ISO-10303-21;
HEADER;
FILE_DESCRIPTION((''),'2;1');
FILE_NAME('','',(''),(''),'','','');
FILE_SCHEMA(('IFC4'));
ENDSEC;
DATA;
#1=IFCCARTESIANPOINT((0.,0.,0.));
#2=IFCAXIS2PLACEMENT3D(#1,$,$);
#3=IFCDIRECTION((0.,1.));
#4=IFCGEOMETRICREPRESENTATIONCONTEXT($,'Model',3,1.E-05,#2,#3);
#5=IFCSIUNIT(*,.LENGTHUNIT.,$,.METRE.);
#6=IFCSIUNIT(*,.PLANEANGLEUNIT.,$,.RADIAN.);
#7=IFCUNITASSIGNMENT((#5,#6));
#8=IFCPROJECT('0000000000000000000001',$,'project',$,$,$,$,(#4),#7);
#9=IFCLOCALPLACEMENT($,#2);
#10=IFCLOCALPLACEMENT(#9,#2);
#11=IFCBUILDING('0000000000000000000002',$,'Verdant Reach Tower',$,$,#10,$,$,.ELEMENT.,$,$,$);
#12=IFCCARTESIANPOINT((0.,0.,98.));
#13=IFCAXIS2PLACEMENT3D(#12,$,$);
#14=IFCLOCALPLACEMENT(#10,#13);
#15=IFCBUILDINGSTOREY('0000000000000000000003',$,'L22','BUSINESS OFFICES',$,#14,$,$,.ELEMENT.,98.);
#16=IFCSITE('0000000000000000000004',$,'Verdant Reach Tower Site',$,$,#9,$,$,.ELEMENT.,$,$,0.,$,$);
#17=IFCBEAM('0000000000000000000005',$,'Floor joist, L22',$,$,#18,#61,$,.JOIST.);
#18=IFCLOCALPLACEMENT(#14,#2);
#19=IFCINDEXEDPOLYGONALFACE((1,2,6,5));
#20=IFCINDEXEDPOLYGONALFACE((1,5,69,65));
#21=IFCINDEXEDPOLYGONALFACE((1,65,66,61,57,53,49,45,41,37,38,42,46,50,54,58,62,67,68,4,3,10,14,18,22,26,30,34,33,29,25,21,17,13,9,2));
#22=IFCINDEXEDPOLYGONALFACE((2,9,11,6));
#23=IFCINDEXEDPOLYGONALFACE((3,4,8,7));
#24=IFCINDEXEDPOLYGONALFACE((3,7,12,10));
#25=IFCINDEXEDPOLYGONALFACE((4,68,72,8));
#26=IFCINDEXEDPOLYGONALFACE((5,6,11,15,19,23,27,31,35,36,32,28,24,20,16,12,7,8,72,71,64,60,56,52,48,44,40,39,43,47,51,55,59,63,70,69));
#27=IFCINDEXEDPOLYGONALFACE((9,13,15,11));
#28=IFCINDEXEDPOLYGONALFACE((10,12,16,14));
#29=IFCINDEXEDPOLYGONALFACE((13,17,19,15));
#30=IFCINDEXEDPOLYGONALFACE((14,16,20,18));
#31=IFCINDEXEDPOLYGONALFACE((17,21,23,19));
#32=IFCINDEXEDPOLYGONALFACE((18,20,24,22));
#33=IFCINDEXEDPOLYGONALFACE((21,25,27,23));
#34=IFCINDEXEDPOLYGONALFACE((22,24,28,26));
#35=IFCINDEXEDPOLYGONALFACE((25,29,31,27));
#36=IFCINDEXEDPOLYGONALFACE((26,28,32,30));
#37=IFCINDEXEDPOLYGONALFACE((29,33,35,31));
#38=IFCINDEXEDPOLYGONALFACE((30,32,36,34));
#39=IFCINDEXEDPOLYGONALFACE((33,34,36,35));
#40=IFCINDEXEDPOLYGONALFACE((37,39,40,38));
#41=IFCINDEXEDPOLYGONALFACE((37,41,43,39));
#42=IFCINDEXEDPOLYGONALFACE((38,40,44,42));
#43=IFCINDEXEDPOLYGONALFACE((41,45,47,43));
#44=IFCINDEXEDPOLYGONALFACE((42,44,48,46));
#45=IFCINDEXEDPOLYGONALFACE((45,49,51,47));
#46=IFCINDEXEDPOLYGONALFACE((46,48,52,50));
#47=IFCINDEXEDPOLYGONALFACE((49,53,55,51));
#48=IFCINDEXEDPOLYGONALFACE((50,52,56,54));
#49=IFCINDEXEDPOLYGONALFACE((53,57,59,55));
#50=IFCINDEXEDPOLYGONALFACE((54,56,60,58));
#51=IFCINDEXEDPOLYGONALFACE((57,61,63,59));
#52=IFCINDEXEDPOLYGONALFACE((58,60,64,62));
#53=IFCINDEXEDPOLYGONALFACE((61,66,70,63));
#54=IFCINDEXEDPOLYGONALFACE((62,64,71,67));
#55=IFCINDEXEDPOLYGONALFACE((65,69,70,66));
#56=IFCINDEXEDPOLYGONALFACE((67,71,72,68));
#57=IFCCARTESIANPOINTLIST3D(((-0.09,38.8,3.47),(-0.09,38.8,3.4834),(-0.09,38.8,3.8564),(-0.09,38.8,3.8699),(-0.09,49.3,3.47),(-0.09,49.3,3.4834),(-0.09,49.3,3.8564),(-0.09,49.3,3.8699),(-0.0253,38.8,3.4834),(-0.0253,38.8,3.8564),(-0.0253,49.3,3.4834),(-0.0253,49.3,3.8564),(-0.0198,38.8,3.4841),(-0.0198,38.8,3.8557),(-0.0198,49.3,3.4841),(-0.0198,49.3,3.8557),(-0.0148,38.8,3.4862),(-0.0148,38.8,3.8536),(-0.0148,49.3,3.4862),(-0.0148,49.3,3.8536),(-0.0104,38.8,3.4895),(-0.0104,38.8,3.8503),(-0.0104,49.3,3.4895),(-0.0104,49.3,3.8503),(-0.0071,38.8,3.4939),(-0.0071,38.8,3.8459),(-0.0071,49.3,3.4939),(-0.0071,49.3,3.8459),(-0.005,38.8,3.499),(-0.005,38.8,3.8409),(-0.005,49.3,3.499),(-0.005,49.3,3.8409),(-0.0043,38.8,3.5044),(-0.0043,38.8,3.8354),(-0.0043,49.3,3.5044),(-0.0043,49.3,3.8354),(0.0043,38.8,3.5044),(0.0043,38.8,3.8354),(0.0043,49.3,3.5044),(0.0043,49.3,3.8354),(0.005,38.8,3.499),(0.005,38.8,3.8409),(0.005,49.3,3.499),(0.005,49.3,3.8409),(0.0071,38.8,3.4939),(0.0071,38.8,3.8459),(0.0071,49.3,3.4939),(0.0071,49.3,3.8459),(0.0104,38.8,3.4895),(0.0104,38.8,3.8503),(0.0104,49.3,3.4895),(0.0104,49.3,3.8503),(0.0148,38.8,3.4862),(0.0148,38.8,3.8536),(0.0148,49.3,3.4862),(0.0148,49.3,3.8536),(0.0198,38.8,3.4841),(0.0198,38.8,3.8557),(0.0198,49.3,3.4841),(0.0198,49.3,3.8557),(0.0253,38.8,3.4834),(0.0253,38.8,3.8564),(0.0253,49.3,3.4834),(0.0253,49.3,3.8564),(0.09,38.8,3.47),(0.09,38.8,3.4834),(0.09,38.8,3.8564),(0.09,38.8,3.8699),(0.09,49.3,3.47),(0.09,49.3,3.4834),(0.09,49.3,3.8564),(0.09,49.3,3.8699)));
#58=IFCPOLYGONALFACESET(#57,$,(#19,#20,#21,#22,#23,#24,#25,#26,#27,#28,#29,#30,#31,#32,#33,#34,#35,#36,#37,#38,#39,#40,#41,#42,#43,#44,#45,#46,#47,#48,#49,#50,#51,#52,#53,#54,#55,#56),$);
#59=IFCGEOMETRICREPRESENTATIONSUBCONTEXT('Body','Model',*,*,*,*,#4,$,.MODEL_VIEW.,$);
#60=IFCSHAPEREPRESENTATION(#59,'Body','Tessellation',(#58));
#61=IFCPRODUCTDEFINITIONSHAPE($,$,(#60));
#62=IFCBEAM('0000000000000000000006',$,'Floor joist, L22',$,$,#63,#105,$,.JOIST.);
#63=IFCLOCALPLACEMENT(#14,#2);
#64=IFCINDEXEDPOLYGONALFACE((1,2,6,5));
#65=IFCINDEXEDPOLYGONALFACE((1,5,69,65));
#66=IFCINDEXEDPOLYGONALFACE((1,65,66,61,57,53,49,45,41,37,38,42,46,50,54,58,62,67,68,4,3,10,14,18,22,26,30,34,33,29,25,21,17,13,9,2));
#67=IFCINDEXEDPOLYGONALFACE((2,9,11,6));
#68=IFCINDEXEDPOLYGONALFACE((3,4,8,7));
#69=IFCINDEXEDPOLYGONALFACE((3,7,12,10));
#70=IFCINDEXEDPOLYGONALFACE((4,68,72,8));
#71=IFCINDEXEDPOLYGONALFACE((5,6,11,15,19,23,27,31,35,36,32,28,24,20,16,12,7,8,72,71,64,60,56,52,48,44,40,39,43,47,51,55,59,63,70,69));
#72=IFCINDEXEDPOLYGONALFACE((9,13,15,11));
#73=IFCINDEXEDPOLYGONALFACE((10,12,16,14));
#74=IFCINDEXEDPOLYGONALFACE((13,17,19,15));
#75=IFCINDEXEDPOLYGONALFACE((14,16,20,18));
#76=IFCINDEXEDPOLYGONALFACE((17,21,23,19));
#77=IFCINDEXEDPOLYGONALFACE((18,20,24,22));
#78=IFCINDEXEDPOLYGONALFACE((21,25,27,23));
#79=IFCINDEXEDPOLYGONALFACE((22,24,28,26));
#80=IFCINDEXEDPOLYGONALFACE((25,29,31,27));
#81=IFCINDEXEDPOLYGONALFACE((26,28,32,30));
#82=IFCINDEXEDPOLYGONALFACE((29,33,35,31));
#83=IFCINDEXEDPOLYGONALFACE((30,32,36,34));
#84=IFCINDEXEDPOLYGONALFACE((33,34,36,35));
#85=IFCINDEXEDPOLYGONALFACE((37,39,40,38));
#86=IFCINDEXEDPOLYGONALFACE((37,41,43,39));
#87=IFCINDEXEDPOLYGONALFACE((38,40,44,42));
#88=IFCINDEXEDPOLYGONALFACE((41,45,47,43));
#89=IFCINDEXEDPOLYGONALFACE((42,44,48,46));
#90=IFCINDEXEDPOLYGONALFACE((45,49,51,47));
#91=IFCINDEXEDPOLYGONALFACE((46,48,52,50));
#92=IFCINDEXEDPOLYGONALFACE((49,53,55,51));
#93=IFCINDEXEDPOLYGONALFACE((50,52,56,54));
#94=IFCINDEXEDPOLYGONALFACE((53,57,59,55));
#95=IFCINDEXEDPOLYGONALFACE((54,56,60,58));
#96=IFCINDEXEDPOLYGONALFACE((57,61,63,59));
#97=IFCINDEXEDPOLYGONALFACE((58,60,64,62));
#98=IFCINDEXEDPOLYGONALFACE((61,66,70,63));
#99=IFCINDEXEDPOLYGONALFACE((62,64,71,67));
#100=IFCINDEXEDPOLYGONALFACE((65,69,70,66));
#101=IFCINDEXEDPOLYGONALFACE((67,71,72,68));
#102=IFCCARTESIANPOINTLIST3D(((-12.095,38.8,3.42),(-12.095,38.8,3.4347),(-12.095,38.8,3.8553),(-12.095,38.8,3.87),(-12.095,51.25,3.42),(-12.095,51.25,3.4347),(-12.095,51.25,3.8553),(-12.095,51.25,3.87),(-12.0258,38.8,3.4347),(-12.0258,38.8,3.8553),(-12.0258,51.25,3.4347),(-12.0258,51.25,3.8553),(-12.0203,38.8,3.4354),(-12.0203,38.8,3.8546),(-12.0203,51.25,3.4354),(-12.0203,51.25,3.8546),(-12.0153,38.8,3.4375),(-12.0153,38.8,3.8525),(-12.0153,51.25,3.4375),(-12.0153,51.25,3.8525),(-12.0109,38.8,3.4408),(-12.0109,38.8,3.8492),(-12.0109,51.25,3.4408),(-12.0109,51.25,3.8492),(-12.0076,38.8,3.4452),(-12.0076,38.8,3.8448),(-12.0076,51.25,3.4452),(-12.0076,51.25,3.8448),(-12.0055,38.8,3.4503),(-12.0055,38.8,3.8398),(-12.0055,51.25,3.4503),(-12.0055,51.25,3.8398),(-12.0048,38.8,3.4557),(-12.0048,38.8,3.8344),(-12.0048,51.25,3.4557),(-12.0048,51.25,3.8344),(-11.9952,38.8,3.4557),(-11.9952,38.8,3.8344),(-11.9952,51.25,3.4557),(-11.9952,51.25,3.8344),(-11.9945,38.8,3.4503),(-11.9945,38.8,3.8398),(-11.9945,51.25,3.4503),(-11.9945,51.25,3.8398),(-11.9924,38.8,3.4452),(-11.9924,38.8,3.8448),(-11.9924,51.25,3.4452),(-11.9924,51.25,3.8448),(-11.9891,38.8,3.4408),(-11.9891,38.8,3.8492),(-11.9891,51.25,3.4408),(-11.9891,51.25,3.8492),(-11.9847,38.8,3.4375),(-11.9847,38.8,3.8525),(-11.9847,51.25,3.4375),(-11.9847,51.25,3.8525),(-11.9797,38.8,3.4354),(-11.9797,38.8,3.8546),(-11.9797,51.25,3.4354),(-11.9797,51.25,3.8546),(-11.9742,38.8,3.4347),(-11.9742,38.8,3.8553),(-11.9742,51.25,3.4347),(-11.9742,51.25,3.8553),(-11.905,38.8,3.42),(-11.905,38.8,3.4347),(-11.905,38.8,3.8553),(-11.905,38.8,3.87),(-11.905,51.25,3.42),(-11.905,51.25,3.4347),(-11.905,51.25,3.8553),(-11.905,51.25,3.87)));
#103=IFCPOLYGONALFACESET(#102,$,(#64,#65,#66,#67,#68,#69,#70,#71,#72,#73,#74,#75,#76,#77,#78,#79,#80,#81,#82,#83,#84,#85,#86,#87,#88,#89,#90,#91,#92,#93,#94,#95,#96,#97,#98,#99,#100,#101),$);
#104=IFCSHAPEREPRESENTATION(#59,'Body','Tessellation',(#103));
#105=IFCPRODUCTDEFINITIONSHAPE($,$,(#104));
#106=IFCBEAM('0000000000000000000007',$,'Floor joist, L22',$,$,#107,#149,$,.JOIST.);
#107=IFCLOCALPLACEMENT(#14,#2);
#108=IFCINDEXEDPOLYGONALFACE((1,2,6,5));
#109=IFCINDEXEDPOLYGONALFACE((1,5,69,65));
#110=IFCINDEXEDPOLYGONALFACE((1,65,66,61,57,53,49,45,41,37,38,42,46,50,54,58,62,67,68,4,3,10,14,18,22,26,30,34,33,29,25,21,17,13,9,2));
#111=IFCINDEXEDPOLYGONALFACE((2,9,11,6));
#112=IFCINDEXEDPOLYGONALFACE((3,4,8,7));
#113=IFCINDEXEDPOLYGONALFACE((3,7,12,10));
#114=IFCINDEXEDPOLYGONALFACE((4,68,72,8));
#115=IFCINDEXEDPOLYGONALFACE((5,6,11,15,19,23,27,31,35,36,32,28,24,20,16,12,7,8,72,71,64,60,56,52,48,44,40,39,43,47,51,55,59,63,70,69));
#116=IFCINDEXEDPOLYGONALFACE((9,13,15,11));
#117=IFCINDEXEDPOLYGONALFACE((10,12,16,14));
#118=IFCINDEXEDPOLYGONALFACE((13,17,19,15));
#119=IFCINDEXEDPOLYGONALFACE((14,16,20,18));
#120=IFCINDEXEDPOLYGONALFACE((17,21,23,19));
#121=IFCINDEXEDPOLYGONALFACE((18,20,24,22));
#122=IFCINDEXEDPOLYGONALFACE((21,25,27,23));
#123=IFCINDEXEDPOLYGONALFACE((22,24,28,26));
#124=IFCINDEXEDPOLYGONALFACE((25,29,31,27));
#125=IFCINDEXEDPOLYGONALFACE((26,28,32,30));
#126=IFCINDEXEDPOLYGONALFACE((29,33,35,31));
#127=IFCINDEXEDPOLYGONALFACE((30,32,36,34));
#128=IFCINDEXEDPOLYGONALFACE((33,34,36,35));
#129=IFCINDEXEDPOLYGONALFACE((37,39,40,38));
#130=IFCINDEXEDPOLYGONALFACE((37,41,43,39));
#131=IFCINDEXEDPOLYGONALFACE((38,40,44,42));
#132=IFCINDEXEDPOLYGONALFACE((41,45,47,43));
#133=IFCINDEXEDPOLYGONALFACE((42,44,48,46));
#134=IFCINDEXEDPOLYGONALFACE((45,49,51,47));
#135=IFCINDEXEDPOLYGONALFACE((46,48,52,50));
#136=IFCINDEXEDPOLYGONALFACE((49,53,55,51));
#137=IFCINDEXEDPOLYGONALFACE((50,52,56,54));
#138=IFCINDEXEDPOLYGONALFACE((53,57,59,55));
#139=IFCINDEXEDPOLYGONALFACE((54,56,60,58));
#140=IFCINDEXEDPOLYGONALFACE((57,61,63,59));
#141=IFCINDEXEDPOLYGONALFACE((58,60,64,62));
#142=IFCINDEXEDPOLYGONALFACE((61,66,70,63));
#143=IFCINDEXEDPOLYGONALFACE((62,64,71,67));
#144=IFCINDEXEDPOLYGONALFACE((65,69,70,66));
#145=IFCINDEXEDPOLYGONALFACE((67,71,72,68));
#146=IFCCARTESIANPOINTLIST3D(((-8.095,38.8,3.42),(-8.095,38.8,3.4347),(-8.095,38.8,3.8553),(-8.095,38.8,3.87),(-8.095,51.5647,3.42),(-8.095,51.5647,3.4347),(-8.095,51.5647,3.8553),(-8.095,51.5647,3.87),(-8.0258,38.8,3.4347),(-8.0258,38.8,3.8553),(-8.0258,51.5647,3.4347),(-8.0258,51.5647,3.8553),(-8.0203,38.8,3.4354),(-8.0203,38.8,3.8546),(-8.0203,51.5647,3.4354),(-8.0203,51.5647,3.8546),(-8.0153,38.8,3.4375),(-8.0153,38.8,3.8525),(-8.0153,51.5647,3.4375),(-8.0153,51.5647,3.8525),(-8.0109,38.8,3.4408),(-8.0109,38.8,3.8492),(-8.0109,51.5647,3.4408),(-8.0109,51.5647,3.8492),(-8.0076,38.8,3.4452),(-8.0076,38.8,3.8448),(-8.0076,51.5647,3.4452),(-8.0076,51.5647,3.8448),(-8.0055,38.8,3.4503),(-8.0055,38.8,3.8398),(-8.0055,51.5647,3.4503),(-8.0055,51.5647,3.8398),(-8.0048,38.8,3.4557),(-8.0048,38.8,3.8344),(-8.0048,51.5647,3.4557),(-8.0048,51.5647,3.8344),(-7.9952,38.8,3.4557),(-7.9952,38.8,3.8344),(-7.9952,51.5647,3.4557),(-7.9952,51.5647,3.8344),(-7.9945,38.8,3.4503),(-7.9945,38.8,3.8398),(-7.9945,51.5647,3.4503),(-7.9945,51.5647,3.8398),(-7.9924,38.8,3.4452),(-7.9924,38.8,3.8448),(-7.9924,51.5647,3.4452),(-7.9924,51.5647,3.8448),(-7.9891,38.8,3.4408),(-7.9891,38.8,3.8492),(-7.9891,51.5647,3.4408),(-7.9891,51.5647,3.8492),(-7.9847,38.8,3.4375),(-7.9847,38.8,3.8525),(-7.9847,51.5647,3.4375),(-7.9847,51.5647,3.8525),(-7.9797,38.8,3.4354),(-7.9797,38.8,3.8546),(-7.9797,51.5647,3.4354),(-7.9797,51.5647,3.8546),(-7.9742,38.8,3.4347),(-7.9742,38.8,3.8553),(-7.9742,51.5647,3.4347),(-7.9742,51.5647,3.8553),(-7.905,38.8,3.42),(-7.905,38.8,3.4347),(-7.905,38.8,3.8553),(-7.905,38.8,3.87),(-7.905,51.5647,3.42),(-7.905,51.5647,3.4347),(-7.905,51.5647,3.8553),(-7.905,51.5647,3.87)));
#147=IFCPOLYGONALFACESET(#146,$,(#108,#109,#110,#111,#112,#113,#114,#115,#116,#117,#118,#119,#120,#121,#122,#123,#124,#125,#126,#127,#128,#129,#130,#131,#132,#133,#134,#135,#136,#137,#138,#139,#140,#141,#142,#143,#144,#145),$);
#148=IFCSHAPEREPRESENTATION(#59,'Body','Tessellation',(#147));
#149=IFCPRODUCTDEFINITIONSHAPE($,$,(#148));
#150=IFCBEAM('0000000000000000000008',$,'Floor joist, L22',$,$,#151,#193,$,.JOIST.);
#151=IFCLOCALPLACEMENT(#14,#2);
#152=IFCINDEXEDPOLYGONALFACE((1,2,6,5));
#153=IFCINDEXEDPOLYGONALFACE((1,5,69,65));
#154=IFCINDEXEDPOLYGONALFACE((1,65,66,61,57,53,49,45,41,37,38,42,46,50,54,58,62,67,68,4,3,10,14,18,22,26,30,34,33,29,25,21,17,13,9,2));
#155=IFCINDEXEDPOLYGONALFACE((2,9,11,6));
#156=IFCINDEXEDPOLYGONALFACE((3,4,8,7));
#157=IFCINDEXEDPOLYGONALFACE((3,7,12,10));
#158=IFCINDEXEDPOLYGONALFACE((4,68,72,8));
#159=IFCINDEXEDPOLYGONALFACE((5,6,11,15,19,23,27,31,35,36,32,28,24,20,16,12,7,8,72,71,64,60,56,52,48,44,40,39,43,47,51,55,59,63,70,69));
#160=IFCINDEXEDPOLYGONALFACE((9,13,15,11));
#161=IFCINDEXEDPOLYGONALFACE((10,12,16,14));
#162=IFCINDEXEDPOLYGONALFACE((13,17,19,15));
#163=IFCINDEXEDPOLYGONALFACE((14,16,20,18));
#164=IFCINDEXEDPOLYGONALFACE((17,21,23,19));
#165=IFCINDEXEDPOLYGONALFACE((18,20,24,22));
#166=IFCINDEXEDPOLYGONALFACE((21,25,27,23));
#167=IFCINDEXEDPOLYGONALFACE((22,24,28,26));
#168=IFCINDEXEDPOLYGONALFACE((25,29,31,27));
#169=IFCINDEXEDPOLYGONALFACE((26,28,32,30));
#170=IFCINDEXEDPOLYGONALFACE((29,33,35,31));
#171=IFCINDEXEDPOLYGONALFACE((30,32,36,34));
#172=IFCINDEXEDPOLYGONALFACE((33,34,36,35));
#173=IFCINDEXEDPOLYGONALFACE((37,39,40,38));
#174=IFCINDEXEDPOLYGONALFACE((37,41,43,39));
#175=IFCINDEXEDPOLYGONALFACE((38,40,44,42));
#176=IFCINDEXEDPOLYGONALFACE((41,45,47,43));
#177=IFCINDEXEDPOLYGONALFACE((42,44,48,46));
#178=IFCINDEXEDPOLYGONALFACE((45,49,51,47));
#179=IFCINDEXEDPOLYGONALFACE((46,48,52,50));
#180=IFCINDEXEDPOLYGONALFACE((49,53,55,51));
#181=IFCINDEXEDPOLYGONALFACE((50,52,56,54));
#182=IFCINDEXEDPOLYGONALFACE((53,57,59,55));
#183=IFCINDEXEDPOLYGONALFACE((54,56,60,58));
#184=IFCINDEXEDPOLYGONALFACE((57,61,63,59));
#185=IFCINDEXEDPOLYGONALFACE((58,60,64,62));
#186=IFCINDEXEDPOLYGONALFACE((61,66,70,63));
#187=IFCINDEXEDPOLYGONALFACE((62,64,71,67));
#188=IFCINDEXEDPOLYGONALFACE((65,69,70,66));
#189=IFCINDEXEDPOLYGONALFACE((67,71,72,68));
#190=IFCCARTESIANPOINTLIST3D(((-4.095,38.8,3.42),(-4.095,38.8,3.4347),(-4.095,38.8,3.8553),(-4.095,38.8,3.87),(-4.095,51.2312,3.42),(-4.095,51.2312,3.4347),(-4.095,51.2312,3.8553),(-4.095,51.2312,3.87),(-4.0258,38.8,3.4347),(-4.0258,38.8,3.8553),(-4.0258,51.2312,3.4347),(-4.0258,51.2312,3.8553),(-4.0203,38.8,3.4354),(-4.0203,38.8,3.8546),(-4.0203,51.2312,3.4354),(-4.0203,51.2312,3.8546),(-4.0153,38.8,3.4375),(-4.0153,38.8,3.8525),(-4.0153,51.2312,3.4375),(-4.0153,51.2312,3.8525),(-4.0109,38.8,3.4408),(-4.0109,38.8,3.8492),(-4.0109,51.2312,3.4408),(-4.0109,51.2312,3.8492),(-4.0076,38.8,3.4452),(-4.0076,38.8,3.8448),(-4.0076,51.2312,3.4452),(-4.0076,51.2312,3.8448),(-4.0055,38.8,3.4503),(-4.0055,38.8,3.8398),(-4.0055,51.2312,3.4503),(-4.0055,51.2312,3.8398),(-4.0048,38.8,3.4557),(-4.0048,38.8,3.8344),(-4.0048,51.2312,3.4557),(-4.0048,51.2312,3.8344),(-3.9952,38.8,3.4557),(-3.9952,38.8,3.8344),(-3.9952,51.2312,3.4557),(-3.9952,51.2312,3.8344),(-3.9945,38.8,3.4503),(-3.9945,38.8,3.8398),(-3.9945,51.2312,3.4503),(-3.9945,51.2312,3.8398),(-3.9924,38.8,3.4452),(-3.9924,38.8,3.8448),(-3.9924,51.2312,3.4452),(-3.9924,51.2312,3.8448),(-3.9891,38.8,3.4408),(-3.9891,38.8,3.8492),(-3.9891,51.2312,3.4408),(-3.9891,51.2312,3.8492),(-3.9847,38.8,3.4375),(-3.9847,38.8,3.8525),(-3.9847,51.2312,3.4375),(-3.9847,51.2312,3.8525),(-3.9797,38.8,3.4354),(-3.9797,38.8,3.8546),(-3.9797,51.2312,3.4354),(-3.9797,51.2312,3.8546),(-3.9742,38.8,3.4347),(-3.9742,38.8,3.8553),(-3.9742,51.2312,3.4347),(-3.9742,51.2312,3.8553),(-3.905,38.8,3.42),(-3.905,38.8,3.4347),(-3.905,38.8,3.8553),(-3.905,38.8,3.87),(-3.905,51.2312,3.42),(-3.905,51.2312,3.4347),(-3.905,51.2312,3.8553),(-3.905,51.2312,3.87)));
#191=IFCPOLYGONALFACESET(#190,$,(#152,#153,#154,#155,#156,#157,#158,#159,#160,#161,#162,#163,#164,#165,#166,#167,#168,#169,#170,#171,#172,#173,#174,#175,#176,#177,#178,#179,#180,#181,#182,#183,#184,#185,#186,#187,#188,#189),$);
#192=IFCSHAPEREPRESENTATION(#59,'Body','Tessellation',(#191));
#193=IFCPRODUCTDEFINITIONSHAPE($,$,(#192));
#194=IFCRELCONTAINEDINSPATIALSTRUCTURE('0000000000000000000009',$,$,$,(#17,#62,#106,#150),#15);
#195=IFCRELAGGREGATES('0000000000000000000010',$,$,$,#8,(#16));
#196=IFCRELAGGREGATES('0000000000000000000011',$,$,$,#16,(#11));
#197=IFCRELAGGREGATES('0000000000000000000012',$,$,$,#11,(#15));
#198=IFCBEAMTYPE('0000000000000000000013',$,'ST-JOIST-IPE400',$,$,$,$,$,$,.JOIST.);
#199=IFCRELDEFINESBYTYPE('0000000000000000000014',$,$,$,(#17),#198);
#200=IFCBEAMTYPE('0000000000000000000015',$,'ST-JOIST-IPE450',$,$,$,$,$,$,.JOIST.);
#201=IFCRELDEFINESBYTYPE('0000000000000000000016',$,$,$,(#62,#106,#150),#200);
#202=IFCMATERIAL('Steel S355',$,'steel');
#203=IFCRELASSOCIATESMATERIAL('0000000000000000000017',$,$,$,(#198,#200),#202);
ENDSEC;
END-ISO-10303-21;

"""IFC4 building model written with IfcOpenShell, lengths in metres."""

from ifc_helpers import new_model, si_unit, direction, frame, origin, origin_2d, place, context, subcontext, project, spatial, i_section, extrude, material, material_profile, profile_set, type_object, element, save


model = new_model("IFC4")

# Units and contexts
model_context = context("Model", 3, precision=1e-05, world=origin(), true_north=direction((0.0, 1.0)))
body_context = subcontext(model_context, "Body", "Model", "MODEL_VIEW")
ifc_project = project(units=[si_unit("LENGTHUNIT", "METRE"), si_unit("PLANEANGLEUNIT", "RADIAN")], contexts=[model_context])

# Site, building, storey
site_placement = place(None, origin())
site = spatial("IfcSite", under=ifc_project, at=site_placement, Name="Verdant Reach Tower Site", CompositionType="ELEMENT", RefElevation=0.0)
building_placement = place(site_placement, origin())
building = spatial("IfcBuilding", under=site, at=building_placement, Name="Verdant Reach Tower", CompositionType="ELEMENT")
storey_placement = place(building_placement, frame((0.0, 0.0, 98.0)))
storey = spatial("IfcBuildingStorey", under=building, at=storey_placement, Name="L22", Description="BUSINESS OFFICES", CompositionType="ELEMENT", Elevation=98.0)

# Beams
ifc_material_1 = material(Name="Steel S355", Category="steel")
ifc_material_profile_1 = material_profile(ifc_material_1, i_section(OverallWidth=0.1799, OverallDepth=0.3999, WebThickness=0.0085, FlangeThickness=0.0134, FilletRadius=0.021, at=origin_2d()), Name="IPE 400")
ifc_profile_set_1 = profile_set([ifc_material_profile_1], Name="Steel S355")
beam_type_1 = type_object("IfcBeamType", Name="ST-JOIST-IPE400", PredefinedType="JOIST", material=ifc_profile_set_1)
beam_1_placement = place(storey_placement, frame((0.0, 38.8, 3.6699), z_axis=(0.0, 1.0, 0.0), x_axis=(-1.0, 0.0, 0.0)))
element("IfcBeam", 1, at=beam_1_placement, inside=storey, type_object=beam_type_1, Name="Floor joist, L22", PredefinedType="JOIST", context=body_context, shape_type="SweptSolid", body=[
    extrude(i_section(OverallWidth=0.1799, OverallDepth=0.3999, WebThickness=0.0085, FlangeThickness=0.0134, FilletRadius=0.021, at=origin_2d()), origin(), (0.0, 0.0, 1.0), 10.5),
])
ifc_material_profile_2 = material_profile(ifc_material_1, i_section(OverallWidth=0.1899, OverallDepth=0.45, WebThickness=0.0095, FlangeThickness=0.0146, FilletRadius=0.021, at=origin_2d()), Name="IPE 450")
ifc_profile_set_2 = profile_set([ifc_material_profile_2], Name="Steel S355")
beam_type_2 = type_object("IfcBeamType", Name="ST-JOIST-IPE450", PredefinedType="JOIST", material=ifc_profile_set_2)
beam_2_placement = place(storey_placement, frame((-12.0, 38.8, 3.645), z_axis=(0.0, 1.0, 0.0), x_axis=(-1.0, 0.0, 0.0)))
element("IfcBeam", 2, at=beam_2_placement, inside=storey, type_object=beam_type_2, Name="Floor joist, L22", PredefinedType="JOIST", context=body_context, shape_type="SweptSolid", body=[
    extrude(i_section(OverallWidth=0.1899, OverallDepth=0.45, WebThickness=0.0095, FlangeThickness=0.0146, FilletRadius=0.021, at=origin_2d()), origin(), (0.0, 0.0, 1.0), 12.45),
])
beam_3_placement = place(storey_placement, frame((-8.0, 38.8, 3.645), z_axis=(0.0, 1.0, 0.0), x_axis=(-1.0, 0.0, 0.0)))
element("IfcBeam", 3, at=beam_3_placement, inside=storey, type_object=beam_type_2, Name="Floor joist, L22", PredefinedType="JOIST", context=body_context, shape_type="SweptSolid", body=[
    extrude(i_section(OverallWidth=0.1899, OverallDepth=0.45, WebThickness=0.0095, FlangeThickness=0.0146, FilletRadius=0.021, at=origin_2d()), origin(), (0.0, 0.0, 1.0), 12.7646),
])
beam_4_placement = place(storey_placement, frame((-4.0, 38.8, 3.645), z_axis=(0.0, 1.0, 0.0), x_axis=(-1.0, 0.0, 0.0)))
element("IfcBeam", 4, at=beam_4_placement, inside=storey, type_object=beam_type_2, Name="Floor joist, L22", PredefinedType="JOIST", context=body_context, shape_type="SweptSolid", body=[
    extrude(i_section(OverallWidth=0.1899, OverallDepth=0.45, WebThickness=0.0095, FlangeThickness=0.0146, FilletRadius=0.021, at=origin_2d()), origin(), (0.0, 0.0, 1.0), 12.4312),
])

save(model, "model.ifc")
